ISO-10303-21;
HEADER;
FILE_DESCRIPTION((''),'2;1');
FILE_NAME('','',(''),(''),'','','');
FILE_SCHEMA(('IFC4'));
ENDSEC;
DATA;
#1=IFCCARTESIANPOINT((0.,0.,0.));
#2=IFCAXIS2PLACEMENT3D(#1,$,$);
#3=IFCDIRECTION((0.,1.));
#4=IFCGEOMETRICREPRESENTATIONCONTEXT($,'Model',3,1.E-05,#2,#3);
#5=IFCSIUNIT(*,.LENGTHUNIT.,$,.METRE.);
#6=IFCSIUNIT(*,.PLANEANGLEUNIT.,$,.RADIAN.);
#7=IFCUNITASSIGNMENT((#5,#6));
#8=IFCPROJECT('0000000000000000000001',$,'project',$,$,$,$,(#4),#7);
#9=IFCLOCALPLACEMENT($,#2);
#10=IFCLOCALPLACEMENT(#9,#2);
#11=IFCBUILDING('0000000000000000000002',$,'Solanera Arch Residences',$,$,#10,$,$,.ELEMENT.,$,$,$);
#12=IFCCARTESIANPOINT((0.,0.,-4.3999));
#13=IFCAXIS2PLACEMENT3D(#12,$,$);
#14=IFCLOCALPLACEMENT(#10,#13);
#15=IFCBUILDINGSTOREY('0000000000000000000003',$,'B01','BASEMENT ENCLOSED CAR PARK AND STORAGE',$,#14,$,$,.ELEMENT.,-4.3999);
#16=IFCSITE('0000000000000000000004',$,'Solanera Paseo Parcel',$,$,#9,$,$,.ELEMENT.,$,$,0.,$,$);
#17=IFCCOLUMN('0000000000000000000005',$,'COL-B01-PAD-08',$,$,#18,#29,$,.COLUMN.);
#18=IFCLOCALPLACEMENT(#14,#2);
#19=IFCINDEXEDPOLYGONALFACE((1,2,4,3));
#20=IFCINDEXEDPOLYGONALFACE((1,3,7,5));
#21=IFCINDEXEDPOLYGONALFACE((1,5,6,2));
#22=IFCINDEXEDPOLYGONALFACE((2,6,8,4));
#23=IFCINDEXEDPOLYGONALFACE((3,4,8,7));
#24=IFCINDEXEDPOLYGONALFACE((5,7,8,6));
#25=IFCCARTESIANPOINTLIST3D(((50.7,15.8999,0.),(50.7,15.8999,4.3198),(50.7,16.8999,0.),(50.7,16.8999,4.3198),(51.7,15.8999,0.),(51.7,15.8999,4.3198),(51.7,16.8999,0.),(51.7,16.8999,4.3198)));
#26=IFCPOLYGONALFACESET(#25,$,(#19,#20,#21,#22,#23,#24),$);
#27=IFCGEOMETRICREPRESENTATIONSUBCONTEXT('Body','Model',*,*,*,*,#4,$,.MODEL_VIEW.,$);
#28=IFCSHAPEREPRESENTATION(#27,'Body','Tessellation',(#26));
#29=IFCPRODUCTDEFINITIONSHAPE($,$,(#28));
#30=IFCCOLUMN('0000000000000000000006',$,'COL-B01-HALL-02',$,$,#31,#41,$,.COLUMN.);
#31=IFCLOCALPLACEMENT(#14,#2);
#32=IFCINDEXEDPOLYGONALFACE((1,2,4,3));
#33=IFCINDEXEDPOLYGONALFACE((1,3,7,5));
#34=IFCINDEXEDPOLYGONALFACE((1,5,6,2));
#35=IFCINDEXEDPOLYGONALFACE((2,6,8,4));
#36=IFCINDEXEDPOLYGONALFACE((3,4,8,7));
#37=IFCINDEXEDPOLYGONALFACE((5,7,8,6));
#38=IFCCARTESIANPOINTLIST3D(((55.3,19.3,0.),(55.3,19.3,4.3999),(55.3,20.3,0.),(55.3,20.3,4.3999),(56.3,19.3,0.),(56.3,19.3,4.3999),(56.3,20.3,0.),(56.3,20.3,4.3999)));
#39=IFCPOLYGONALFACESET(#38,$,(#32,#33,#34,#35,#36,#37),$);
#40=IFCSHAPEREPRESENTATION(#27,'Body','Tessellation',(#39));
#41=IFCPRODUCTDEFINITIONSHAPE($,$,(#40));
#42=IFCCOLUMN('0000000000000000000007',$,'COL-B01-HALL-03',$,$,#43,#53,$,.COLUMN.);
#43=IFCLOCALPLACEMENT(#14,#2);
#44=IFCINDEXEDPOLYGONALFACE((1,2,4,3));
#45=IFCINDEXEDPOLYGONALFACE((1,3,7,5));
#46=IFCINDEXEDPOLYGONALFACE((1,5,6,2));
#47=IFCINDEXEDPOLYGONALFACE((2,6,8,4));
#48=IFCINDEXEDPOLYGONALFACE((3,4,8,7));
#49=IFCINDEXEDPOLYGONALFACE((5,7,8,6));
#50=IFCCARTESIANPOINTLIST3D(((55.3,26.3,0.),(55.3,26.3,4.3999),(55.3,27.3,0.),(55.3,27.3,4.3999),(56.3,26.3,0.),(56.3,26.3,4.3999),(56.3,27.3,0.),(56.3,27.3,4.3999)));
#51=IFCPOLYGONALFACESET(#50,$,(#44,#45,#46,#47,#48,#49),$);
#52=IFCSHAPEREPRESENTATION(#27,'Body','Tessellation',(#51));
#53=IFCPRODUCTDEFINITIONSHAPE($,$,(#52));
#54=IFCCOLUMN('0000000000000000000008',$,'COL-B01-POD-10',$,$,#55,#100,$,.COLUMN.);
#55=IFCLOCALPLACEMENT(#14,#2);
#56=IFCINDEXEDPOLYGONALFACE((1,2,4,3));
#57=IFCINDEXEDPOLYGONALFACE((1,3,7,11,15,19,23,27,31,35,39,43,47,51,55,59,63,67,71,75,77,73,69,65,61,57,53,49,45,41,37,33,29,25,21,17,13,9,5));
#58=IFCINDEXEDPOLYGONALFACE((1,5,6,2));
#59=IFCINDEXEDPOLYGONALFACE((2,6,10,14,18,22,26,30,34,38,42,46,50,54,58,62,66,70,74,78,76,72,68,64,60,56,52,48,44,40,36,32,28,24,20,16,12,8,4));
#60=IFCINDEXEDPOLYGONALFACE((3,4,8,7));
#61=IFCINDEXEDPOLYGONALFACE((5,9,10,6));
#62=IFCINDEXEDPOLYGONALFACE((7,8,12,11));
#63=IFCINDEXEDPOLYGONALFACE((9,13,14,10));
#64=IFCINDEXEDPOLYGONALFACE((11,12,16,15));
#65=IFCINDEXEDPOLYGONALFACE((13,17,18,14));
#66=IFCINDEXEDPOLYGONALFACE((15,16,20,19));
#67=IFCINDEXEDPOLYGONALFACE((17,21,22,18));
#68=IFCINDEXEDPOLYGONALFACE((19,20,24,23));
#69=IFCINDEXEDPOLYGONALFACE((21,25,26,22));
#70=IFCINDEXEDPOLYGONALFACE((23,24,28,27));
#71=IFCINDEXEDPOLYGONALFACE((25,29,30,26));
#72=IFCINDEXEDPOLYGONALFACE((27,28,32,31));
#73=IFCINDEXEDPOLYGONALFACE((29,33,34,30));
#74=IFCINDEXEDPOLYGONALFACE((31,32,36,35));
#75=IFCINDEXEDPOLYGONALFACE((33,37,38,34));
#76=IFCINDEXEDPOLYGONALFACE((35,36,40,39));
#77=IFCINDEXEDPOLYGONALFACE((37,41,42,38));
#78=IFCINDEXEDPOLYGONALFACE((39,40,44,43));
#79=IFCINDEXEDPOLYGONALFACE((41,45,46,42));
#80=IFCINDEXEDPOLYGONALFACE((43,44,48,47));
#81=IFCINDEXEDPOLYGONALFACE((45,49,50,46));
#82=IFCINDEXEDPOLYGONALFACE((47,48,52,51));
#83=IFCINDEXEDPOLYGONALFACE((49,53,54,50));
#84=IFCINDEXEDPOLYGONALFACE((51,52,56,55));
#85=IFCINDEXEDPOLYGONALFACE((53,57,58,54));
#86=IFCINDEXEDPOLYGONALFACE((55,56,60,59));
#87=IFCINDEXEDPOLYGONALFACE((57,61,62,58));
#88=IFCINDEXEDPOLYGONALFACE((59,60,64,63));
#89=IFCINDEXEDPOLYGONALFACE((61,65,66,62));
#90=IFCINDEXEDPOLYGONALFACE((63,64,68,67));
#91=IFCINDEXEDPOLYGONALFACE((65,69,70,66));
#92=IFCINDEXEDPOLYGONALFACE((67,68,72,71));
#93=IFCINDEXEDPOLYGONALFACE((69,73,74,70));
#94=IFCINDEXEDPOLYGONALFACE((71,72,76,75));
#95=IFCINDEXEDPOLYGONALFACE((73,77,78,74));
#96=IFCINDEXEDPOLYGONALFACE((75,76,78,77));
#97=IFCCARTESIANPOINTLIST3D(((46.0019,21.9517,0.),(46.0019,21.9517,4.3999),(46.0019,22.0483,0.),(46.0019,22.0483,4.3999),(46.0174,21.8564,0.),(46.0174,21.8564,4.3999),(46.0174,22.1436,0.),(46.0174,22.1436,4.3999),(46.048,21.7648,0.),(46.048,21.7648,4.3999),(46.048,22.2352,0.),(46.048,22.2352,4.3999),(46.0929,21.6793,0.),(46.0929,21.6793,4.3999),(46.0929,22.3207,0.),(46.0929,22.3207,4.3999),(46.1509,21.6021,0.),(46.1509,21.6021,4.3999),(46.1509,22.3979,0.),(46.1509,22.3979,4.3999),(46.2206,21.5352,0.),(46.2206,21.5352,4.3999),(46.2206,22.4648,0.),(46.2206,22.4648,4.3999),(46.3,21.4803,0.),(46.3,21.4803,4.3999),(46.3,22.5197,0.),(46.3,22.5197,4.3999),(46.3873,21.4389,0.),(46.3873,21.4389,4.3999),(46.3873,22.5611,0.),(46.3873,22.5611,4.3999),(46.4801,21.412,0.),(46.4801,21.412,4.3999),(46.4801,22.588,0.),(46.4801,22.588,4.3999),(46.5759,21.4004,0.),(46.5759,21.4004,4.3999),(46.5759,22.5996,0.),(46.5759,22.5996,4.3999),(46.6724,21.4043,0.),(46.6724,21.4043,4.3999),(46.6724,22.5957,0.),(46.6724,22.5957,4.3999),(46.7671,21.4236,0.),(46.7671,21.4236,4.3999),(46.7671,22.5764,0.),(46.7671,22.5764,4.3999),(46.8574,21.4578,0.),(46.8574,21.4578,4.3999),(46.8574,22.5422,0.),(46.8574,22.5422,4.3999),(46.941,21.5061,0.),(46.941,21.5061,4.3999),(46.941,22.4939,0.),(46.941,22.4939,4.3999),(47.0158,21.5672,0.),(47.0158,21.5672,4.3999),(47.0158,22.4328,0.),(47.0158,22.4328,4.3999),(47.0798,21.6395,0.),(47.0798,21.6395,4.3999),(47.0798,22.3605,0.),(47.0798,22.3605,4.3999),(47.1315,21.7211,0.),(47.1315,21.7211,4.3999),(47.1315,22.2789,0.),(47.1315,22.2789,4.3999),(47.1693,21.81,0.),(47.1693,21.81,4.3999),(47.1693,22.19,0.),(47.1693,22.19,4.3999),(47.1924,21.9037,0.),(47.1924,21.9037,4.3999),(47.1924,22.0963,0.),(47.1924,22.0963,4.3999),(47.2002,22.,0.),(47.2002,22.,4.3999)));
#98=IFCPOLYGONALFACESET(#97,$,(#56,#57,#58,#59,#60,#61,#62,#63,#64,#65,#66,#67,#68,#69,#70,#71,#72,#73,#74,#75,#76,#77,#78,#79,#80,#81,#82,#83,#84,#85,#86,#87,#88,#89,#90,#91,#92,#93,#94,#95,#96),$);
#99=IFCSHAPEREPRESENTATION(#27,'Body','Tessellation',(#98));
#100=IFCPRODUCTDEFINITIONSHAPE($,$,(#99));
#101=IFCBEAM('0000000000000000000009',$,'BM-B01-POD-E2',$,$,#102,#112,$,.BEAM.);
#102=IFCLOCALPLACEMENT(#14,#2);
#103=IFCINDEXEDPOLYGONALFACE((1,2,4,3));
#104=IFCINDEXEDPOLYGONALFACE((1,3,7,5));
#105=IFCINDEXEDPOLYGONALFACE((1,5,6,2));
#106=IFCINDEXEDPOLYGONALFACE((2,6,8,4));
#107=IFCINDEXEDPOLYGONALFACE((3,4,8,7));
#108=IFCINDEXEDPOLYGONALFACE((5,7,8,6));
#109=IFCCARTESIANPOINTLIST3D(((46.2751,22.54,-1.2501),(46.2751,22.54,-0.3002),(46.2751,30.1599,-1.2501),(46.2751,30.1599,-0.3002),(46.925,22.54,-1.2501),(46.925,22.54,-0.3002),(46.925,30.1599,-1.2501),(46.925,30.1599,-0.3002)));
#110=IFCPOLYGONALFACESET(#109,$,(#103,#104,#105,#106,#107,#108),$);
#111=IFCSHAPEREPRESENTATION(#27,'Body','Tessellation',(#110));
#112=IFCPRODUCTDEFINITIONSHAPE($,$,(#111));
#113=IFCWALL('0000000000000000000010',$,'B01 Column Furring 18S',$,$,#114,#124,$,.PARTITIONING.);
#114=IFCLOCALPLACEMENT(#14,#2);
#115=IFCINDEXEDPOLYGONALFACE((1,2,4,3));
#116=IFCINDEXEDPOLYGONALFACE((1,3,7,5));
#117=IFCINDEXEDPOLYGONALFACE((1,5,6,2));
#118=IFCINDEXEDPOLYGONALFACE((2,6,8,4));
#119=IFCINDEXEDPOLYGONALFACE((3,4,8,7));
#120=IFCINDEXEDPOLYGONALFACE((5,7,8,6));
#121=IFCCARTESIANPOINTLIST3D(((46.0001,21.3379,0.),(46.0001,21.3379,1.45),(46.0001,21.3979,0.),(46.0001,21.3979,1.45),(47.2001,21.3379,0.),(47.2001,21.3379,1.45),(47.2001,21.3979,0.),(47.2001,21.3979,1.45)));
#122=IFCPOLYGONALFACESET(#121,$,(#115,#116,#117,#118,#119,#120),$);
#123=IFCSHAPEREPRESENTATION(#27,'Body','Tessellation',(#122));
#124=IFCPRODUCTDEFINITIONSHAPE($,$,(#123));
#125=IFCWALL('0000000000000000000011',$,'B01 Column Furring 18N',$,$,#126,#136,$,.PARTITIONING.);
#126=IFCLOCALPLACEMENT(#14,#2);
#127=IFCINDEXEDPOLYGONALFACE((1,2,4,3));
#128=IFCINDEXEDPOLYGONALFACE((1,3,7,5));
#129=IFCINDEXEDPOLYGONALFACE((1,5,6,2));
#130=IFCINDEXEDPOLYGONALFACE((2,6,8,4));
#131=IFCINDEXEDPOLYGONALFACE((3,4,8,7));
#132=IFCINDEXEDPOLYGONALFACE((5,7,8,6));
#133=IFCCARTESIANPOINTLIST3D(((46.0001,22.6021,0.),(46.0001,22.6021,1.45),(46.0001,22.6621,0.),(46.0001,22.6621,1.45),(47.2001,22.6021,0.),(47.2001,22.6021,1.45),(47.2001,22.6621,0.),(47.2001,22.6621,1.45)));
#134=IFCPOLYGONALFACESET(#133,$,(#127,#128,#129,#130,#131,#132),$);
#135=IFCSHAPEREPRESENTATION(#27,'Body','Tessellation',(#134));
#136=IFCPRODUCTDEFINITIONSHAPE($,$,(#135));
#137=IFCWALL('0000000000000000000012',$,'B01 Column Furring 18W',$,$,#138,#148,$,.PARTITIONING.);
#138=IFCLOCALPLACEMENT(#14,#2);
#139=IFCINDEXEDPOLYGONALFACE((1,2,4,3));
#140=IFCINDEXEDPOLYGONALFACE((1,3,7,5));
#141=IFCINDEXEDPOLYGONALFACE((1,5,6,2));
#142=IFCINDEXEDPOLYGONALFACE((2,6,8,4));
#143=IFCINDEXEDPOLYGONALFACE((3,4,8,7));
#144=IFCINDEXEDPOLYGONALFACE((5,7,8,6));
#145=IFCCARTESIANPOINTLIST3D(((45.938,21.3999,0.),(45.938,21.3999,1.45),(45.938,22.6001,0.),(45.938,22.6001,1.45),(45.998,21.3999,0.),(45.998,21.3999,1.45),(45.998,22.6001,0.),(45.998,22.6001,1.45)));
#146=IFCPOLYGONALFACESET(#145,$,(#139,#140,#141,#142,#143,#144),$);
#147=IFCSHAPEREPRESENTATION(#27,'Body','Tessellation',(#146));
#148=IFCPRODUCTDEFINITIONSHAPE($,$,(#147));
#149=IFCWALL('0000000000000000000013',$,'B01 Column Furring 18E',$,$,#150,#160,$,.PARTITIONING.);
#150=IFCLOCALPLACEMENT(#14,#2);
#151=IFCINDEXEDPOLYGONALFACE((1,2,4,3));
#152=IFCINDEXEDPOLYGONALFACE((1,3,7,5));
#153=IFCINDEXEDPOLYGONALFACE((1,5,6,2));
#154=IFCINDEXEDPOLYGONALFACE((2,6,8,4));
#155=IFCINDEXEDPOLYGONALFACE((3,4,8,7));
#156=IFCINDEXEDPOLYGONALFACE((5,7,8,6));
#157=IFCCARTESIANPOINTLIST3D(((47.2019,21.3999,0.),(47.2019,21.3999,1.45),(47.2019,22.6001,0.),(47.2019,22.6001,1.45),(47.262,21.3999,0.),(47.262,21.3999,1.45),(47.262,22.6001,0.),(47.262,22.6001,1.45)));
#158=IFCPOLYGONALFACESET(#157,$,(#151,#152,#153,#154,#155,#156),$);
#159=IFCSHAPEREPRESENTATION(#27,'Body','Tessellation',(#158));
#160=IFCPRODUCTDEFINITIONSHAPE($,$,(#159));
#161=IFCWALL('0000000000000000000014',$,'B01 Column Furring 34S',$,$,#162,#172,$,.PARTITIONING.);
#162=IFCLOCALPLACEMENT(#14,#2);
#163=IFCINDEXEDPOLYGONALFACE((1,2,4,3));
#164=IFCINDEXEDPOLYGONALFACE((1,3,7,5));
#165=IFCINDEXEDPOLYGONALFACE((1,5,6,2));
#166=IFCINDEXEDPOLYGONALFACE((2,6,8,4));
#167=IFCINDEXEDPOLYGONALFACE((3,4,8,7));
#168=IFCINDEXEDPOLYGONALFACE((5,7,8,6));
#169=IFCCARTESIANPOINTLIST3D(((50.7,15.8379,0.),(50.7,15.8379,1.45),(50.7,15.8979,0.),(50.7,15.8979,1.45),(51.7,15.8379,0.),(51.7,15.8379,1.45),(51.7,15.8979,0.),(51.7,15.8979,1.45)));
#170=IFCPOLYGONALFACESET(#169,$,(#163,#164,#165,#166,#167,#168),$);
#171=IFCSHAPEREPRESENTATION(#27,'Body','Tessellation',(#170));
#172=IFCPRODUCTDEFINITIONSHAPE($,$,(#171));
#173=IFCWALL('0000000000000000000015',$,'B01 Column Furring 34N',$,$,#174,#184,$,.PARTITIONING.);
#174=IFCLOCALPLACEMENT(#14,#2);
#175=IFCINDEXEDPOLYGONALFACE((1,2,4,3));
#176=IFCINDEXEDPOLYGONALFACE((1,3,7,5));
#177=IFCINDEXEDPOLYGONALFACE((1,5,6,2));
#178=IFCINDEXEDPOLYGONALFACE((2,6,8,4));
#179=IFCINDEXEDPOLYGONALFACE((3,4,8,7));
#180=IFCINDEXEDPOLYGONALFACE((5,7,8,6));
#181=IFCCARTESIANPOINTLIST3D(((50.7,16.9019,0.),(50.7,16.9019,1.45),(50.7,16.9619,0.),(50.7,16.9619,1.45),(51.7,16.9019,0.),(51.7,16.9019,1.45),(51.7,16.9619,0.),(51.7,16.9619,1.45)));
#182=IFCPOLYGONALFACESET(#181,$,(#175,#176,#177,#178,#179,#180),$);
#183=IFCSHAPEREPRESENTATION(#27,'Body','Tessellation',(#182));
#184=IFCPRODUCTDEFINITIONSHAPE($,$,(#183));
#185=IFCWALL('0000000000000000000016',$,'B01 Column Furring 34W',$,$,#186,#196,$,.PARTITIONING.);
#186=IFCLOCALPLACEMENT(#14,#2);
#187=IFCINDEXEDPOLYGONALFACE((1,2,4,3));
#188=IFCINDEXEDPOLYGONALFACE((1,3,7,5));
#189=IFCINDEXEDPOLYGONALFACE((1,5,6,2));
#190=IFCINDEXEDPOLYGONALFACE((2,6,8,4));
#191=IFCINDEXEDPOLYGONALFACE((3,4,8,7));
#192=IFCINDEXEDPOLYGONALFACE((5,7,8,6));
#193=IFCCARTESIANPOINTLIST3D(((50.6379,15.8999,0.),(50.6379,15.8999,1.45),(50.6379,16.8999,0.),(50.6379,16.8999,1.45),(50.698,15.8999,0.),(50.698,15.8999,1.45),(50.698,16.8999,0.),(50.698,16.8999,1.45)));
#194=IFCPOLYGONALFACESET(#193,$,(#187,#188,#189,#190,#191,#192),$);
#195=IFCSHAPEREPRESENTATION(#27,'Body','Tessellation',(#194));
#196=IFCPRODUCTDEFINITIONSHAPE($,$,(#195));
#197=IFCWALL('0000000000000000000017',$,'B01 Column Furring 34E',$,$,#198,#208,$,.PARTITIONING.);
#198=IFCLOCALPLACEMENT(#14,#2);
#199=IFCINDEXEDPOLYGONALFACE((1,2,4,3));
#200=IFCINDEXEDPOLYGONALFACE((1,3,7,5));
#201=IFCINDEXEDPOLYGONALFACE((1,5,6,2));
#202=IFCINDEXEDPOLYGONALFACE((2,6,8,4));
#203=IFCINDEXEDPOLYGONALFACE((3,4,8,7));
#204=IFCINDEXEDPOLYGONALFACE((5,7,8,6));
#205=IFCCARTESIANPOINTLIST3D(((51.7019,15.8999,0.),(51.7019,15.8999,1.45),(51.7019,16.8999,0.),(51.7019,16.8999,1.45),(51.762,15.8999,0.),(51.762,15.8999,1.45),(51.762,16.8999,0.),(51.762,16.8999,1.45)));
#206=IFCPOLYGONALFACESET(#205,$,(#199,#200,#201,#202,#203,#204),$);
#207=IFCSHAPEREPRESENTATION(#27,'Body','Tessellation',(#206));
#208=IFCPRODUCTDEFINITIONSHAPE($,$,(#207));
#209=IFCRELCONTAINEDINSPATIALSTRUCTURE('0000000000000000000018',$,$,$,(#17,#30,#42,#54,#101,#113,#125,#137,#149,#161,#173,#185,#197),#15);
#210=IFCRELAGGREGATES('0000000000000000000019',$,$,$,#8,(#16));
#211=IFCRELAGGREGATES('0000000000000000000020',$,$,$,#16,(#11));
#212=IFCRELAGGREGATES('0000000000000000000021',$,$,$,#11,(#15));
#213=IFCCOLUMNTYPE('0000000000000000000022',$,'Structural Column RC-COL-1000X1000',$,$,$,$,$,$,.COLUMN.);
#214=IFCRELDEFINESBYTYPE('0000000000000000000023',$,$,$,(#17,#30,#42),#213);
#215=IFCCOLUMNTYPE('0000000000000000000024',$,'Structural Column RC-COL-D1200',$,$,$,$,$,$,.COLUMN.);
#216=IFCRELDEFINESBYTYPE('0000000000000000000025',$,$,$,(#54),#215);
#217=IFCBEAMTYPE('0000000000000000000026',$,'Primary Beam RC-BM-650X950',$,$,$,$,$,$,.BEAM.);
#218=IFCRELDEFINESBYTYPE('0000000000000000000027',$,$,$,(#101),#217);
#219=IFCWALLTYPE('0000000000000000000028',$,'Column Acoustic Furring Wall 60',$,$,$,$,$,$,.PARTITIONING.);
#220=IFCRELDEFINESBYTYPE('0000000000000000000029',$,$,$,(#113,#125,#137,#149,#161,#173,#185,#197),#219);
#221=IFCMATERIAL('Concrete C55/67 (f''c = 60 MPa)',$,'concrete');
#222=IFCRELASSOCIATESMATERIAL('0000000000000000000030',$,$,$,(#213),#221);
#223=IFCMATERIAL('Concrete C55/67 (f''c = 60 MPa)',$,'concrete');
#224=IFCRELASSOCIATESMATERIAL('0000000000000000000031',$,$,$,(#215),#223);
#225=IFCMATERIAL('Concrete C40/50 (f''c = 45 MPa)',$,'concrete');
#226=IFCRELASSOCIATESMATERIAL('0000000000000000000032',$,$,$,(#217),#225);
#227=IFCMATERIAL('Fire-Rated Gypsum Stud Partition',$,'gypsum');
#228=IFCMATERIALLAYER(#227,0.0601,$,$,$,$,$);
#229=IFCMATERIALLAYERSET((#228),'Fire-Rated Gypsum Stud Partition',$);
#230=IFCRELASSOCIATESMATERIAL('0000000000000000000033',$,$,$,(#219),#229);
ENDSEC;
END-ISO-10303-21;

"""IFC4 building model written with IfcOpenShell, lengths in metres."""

from ifc_helpers import new_model, si_unit, direction, frame, frame_2d, origin, origin_2d, place, context, subcontext, project, spatial, rectangle, circle, extrude, material, layer, layer_set, material_profile, profile_set, type_object, element, save


model = new_model("IFC4")

# Units and contexts
model_context = context("Model", 3, precision=1e-05, world=origin(), true_north=direction((0.0, 1.0)))
body_context = subcontext(model_context, "Body", "Model", "MODEL_VIEW")
ifc_project = project(units=[si_unit("LENGTHUNIT", "METRE"), si_unit("PLANEANGLEUNIT", "RADIAN")], contexts=[model_context])

# Site, building, storey
site_placement = place(None, origin())
site = spatial("IfcSite", under=ifc_project, at=site_placement, Name="Solanera Paseo Parcel", CompositionType="ELEMENT", RefElevation=0.0)
building_placement = place(site_placement, origin())
building = spatial("IfcBuilding", under=site, at=building_placement, Name="Solanera Arch Residences", CompositionType="ELEMENT")
storey_placement = place(building_placement, frame((0.0, 0.0, -4.3999)))
storey = spatial("IfcBuildingStorey", under=building, at=storey_placement, Name="B01", Description="BASEMENT ENCLOSED CAR PARK AND STORAGE", CompositionType="ELEMENT", Elevation=-4.3999)

# Columns
ifc_material_1 = material(Name="Concrete C55/67 (f'c = 60 MPa)", Category="concrete")
ifc_material_profile_1 = material_profile(ifc_material_1, rectangle(XDim=1.0, YDim=1.0, at=origin_2d()))
ifc_profile_set_1 = profile_set([ifc_material_profile_1], Name="Concrete C55/67 (f'c = 60 MPa)")
column_type_1 = type_object("IfcColumnType", Name="Structural Column RC-COL-1000X1000", PredefinedType="COLUMN", material=ifc_profile_set_1)
column_1_placement = place(storey_placement, frame((51.2, 16.3999, 0.0), z_axis=(0.0, 0.0, 1.0), x_axis=(1.0, 0.0, 0.0)))
element("IfcColumn", 1, at=column_1_placement, inside=storey, type_object=column_type_1, Name="COL-B01-PAD-08", PredefinedType="COLUMN", context=body_context, shape_type="SweptSolid", body=[
    extrude(rectangle(XDim=1.0, YDim=1.0, at=origin_2d()), origin(), (0.0, 0.0, 1.0), 4.3198),
])
for number, where, z_axis, x_axis, name in (
    (2, (55.8, 19.8, 0.0), (0.0, 0.0, 1.0), (1.0, 0.0, 0.0), "COL-B01-HALL-02"),
    (3, (55.8, 26.8, 0.0), (0.0, 0.0, 1.0), (1.0, 0.0, 0.0), "COL-B01-HALL-03"),
):
    element("IfcColumn", number, at=place(storey_placement, frame(where, z_axis=z_axis, x_axis=x_axis)), inside=storey, type_object=column_type_1, Name=name, PredefinedType="COLUMN", context=body_context, shape_type="SweptSolid", body=[
        extrude(rectangle(XDim=1.0, YDim=1.0, at=origin_2d()), origin(), (0.0, 0.0, 1.0), 4.3999),
    ])
ifc_material_2 = material(Name="Concrete C55/67 (f'c = 60 MPa)", Category="concrete")
ifc_material_profile_2 = material_profile(ifc_material_2, circle(Radius=0.6001, at=origin_2d()))
ifc_profile_set_2 = profile_set([ifc_material_profile_2], Name="Concrete C55/67 (f'c = 60 MPa)")
column_type_2 = type_object("IfcColumnType", Name="Structural Column RC-COL-D1200", PredefinedType="COLUMN", material=ifc_profile_set_2)
column_2_placement = place(storey_placement, frame((46.6001, 22.0, 0.0), z_axis=(0.0, 0.0, 1.0), x_axis=(1.0, 0.0, 0.0)))
element("IfcColumn", 4, at=column_2_placement, inside=storey, type_object=column_type_2, Name="COL-B01-POD-10", PredefinedType="COLUMN", context=body_context, shape_type="SweptSolid", body=[
    extrude(circle(Radius=0.6001, at=origin_2d()), origin(), (0.0, 0.0, 1.0), 4.3999),
])

# Beam
ifc_material_3 = material(Name="Concrete C40/50 (f'c = 45 MPa)", Category="concrete")
ifc_material_profile_3 = material_profile(ifc_material_3, rectangle(XDim=0.6499, YDim=0.95, at=origin_2d()))
ifc_profile_set_3 = profile_set([ifc_material_profile_3], Name="Concrete C40/50 (f'c = 45 MPa)")
beam_type = type_object("IfcBeamType", Name="Primary Beam RC-BM-650X950", PredefinedType="BEAM", material=ifc_profile_set_3)
beam_placement = place(storey_placement, frame((46.6001, 22.54, -0.7751), z_axis=(0.0, 1.0, 0.0), x_axis=(-1.0, 0.0, 0.0)))
element("IfcBeam", 5, at=beam_placement, inside=storey, type_object=beam_type, Name="BM-B01-POD-E2", PredefinedType="BEAM", context=body_context, shape_type="SweptSolid", body=[
    extrude(rectangle(XDim=0.6499, YDim=0.95, at=origin_2d()), origin(), (0.0, 0.0, 1.0), 7.6199),
])

# Walls
ifc_material_4 = material(Name="Fire-Rated Gypsum Stud Partition", Category="gypsum")
ifc_layer_1 = layer(ifc_material_4, 0.0601)
ifc_layer_set_1 = layer_set([ifc_layer_1], Name="Fire-Rated Gypsum Stud Partition")
wall_type_1 = type_object("IfcWallType", Name="Column Acoustic Furring Wall 60", PredefinedType="PARTITIONING", material=ifc_layer_set_1)
for number, where, z_axis, x_axis, name in (
    (6, (46.0, 21.3679, 0.0), (0.0, 0.0, 1.0), (1.0, 0.0, 0.0), "B01 Column Furring 18S"),
    (7, (46.0, 22.6321, 0.0), (0.0, 0.0, 1.0), (1.0, 0.0, 0.0), "B01 Column Furring 18N"),
):
    element("IfcWall", number, at=place(storey_placement, frame(where, z_axis=z_axis, x_axis=x_axis)), inside=storey, type_object=wall_type_1, Name=name, PredefinedType="PARTITIONING", context=body_context, shape_type="SweptSolid", body=[
        extrude(rectangle(XDim=1.2, YDim=0.0601, at=frame_2d((0.6001, 0.0))), origin(), (0.0, 0.0, 1.0), 1.45),
    ])
for number, where, z_axis, x_axis, name in (
    (8, (45.968, 21.3999, 0.0), (0.0, 0.0, 1.0), (0.0, 1.0, 0.0), "B01 Column Furring 18W"),
    (9, (47.2319, 21.3999, 0.0), (0.0, 0.0, 1.0), (0.0, 1.0, 0.0), "B01 Column Furring 18E"),
):
    element("IfcWall", number, at=place(storey_placement, frame(where, z_axis=z_axis, x_axis=x_axis)), inside=storey, type_object=wall_type_1, Name=name, PredefinedType="PARTITIONING", context=body_context, shape_type="SweptSolid", body=[
        extrude(rectangle(XDim=1.2002, YDim=0.0601, at=frame_2d((0.6001, 0.0))), origin(), (0.0, 0.0, 1.0), 1.45),
    ])
for number, where, z_axis, x_axis, name in (
    (10, (50.7, 15.8679, 0.0), (0.0, 0.0, 1.0), (1.0, 0.0, 0.0), "B01 Column Furring 34S"),
    (11, (50.7, 16.9319, 0.0), (0.0, 0.0, 1.0), (1.0, 0.0, 0.0), "B01 Column Furring 34N"),
    (12, (50.668, 15.8999, 0.0), (0.0, 0.0, 1.0), (0.0, 1.0, 0.0), "B01 Column Furring 34W"),
    (13, (51.7319, 15.8999, 0.0), (0.0, 0.0, 1.0), (0.0, 1.0, 0.0), "B01 Column Furring 34E"),
):
    element("IfcWall", number, at=place(storey_placement, frame(where, z_axis=z_axis, x_axis=x_axis)), inside=storey, type_object=wall_type_1, Name=name, PredefinedType="PARTITIONING", context=body_context, shape_type="SweptSolid", body=[
        extrude(rectangle(XDim=1.0, YDim=0.0601, at=frame_2d((0.5, 0.0))), origin(), (0.0, 0.0, 1.0), 1.45),
    ])

save(model, "model.ifc")
